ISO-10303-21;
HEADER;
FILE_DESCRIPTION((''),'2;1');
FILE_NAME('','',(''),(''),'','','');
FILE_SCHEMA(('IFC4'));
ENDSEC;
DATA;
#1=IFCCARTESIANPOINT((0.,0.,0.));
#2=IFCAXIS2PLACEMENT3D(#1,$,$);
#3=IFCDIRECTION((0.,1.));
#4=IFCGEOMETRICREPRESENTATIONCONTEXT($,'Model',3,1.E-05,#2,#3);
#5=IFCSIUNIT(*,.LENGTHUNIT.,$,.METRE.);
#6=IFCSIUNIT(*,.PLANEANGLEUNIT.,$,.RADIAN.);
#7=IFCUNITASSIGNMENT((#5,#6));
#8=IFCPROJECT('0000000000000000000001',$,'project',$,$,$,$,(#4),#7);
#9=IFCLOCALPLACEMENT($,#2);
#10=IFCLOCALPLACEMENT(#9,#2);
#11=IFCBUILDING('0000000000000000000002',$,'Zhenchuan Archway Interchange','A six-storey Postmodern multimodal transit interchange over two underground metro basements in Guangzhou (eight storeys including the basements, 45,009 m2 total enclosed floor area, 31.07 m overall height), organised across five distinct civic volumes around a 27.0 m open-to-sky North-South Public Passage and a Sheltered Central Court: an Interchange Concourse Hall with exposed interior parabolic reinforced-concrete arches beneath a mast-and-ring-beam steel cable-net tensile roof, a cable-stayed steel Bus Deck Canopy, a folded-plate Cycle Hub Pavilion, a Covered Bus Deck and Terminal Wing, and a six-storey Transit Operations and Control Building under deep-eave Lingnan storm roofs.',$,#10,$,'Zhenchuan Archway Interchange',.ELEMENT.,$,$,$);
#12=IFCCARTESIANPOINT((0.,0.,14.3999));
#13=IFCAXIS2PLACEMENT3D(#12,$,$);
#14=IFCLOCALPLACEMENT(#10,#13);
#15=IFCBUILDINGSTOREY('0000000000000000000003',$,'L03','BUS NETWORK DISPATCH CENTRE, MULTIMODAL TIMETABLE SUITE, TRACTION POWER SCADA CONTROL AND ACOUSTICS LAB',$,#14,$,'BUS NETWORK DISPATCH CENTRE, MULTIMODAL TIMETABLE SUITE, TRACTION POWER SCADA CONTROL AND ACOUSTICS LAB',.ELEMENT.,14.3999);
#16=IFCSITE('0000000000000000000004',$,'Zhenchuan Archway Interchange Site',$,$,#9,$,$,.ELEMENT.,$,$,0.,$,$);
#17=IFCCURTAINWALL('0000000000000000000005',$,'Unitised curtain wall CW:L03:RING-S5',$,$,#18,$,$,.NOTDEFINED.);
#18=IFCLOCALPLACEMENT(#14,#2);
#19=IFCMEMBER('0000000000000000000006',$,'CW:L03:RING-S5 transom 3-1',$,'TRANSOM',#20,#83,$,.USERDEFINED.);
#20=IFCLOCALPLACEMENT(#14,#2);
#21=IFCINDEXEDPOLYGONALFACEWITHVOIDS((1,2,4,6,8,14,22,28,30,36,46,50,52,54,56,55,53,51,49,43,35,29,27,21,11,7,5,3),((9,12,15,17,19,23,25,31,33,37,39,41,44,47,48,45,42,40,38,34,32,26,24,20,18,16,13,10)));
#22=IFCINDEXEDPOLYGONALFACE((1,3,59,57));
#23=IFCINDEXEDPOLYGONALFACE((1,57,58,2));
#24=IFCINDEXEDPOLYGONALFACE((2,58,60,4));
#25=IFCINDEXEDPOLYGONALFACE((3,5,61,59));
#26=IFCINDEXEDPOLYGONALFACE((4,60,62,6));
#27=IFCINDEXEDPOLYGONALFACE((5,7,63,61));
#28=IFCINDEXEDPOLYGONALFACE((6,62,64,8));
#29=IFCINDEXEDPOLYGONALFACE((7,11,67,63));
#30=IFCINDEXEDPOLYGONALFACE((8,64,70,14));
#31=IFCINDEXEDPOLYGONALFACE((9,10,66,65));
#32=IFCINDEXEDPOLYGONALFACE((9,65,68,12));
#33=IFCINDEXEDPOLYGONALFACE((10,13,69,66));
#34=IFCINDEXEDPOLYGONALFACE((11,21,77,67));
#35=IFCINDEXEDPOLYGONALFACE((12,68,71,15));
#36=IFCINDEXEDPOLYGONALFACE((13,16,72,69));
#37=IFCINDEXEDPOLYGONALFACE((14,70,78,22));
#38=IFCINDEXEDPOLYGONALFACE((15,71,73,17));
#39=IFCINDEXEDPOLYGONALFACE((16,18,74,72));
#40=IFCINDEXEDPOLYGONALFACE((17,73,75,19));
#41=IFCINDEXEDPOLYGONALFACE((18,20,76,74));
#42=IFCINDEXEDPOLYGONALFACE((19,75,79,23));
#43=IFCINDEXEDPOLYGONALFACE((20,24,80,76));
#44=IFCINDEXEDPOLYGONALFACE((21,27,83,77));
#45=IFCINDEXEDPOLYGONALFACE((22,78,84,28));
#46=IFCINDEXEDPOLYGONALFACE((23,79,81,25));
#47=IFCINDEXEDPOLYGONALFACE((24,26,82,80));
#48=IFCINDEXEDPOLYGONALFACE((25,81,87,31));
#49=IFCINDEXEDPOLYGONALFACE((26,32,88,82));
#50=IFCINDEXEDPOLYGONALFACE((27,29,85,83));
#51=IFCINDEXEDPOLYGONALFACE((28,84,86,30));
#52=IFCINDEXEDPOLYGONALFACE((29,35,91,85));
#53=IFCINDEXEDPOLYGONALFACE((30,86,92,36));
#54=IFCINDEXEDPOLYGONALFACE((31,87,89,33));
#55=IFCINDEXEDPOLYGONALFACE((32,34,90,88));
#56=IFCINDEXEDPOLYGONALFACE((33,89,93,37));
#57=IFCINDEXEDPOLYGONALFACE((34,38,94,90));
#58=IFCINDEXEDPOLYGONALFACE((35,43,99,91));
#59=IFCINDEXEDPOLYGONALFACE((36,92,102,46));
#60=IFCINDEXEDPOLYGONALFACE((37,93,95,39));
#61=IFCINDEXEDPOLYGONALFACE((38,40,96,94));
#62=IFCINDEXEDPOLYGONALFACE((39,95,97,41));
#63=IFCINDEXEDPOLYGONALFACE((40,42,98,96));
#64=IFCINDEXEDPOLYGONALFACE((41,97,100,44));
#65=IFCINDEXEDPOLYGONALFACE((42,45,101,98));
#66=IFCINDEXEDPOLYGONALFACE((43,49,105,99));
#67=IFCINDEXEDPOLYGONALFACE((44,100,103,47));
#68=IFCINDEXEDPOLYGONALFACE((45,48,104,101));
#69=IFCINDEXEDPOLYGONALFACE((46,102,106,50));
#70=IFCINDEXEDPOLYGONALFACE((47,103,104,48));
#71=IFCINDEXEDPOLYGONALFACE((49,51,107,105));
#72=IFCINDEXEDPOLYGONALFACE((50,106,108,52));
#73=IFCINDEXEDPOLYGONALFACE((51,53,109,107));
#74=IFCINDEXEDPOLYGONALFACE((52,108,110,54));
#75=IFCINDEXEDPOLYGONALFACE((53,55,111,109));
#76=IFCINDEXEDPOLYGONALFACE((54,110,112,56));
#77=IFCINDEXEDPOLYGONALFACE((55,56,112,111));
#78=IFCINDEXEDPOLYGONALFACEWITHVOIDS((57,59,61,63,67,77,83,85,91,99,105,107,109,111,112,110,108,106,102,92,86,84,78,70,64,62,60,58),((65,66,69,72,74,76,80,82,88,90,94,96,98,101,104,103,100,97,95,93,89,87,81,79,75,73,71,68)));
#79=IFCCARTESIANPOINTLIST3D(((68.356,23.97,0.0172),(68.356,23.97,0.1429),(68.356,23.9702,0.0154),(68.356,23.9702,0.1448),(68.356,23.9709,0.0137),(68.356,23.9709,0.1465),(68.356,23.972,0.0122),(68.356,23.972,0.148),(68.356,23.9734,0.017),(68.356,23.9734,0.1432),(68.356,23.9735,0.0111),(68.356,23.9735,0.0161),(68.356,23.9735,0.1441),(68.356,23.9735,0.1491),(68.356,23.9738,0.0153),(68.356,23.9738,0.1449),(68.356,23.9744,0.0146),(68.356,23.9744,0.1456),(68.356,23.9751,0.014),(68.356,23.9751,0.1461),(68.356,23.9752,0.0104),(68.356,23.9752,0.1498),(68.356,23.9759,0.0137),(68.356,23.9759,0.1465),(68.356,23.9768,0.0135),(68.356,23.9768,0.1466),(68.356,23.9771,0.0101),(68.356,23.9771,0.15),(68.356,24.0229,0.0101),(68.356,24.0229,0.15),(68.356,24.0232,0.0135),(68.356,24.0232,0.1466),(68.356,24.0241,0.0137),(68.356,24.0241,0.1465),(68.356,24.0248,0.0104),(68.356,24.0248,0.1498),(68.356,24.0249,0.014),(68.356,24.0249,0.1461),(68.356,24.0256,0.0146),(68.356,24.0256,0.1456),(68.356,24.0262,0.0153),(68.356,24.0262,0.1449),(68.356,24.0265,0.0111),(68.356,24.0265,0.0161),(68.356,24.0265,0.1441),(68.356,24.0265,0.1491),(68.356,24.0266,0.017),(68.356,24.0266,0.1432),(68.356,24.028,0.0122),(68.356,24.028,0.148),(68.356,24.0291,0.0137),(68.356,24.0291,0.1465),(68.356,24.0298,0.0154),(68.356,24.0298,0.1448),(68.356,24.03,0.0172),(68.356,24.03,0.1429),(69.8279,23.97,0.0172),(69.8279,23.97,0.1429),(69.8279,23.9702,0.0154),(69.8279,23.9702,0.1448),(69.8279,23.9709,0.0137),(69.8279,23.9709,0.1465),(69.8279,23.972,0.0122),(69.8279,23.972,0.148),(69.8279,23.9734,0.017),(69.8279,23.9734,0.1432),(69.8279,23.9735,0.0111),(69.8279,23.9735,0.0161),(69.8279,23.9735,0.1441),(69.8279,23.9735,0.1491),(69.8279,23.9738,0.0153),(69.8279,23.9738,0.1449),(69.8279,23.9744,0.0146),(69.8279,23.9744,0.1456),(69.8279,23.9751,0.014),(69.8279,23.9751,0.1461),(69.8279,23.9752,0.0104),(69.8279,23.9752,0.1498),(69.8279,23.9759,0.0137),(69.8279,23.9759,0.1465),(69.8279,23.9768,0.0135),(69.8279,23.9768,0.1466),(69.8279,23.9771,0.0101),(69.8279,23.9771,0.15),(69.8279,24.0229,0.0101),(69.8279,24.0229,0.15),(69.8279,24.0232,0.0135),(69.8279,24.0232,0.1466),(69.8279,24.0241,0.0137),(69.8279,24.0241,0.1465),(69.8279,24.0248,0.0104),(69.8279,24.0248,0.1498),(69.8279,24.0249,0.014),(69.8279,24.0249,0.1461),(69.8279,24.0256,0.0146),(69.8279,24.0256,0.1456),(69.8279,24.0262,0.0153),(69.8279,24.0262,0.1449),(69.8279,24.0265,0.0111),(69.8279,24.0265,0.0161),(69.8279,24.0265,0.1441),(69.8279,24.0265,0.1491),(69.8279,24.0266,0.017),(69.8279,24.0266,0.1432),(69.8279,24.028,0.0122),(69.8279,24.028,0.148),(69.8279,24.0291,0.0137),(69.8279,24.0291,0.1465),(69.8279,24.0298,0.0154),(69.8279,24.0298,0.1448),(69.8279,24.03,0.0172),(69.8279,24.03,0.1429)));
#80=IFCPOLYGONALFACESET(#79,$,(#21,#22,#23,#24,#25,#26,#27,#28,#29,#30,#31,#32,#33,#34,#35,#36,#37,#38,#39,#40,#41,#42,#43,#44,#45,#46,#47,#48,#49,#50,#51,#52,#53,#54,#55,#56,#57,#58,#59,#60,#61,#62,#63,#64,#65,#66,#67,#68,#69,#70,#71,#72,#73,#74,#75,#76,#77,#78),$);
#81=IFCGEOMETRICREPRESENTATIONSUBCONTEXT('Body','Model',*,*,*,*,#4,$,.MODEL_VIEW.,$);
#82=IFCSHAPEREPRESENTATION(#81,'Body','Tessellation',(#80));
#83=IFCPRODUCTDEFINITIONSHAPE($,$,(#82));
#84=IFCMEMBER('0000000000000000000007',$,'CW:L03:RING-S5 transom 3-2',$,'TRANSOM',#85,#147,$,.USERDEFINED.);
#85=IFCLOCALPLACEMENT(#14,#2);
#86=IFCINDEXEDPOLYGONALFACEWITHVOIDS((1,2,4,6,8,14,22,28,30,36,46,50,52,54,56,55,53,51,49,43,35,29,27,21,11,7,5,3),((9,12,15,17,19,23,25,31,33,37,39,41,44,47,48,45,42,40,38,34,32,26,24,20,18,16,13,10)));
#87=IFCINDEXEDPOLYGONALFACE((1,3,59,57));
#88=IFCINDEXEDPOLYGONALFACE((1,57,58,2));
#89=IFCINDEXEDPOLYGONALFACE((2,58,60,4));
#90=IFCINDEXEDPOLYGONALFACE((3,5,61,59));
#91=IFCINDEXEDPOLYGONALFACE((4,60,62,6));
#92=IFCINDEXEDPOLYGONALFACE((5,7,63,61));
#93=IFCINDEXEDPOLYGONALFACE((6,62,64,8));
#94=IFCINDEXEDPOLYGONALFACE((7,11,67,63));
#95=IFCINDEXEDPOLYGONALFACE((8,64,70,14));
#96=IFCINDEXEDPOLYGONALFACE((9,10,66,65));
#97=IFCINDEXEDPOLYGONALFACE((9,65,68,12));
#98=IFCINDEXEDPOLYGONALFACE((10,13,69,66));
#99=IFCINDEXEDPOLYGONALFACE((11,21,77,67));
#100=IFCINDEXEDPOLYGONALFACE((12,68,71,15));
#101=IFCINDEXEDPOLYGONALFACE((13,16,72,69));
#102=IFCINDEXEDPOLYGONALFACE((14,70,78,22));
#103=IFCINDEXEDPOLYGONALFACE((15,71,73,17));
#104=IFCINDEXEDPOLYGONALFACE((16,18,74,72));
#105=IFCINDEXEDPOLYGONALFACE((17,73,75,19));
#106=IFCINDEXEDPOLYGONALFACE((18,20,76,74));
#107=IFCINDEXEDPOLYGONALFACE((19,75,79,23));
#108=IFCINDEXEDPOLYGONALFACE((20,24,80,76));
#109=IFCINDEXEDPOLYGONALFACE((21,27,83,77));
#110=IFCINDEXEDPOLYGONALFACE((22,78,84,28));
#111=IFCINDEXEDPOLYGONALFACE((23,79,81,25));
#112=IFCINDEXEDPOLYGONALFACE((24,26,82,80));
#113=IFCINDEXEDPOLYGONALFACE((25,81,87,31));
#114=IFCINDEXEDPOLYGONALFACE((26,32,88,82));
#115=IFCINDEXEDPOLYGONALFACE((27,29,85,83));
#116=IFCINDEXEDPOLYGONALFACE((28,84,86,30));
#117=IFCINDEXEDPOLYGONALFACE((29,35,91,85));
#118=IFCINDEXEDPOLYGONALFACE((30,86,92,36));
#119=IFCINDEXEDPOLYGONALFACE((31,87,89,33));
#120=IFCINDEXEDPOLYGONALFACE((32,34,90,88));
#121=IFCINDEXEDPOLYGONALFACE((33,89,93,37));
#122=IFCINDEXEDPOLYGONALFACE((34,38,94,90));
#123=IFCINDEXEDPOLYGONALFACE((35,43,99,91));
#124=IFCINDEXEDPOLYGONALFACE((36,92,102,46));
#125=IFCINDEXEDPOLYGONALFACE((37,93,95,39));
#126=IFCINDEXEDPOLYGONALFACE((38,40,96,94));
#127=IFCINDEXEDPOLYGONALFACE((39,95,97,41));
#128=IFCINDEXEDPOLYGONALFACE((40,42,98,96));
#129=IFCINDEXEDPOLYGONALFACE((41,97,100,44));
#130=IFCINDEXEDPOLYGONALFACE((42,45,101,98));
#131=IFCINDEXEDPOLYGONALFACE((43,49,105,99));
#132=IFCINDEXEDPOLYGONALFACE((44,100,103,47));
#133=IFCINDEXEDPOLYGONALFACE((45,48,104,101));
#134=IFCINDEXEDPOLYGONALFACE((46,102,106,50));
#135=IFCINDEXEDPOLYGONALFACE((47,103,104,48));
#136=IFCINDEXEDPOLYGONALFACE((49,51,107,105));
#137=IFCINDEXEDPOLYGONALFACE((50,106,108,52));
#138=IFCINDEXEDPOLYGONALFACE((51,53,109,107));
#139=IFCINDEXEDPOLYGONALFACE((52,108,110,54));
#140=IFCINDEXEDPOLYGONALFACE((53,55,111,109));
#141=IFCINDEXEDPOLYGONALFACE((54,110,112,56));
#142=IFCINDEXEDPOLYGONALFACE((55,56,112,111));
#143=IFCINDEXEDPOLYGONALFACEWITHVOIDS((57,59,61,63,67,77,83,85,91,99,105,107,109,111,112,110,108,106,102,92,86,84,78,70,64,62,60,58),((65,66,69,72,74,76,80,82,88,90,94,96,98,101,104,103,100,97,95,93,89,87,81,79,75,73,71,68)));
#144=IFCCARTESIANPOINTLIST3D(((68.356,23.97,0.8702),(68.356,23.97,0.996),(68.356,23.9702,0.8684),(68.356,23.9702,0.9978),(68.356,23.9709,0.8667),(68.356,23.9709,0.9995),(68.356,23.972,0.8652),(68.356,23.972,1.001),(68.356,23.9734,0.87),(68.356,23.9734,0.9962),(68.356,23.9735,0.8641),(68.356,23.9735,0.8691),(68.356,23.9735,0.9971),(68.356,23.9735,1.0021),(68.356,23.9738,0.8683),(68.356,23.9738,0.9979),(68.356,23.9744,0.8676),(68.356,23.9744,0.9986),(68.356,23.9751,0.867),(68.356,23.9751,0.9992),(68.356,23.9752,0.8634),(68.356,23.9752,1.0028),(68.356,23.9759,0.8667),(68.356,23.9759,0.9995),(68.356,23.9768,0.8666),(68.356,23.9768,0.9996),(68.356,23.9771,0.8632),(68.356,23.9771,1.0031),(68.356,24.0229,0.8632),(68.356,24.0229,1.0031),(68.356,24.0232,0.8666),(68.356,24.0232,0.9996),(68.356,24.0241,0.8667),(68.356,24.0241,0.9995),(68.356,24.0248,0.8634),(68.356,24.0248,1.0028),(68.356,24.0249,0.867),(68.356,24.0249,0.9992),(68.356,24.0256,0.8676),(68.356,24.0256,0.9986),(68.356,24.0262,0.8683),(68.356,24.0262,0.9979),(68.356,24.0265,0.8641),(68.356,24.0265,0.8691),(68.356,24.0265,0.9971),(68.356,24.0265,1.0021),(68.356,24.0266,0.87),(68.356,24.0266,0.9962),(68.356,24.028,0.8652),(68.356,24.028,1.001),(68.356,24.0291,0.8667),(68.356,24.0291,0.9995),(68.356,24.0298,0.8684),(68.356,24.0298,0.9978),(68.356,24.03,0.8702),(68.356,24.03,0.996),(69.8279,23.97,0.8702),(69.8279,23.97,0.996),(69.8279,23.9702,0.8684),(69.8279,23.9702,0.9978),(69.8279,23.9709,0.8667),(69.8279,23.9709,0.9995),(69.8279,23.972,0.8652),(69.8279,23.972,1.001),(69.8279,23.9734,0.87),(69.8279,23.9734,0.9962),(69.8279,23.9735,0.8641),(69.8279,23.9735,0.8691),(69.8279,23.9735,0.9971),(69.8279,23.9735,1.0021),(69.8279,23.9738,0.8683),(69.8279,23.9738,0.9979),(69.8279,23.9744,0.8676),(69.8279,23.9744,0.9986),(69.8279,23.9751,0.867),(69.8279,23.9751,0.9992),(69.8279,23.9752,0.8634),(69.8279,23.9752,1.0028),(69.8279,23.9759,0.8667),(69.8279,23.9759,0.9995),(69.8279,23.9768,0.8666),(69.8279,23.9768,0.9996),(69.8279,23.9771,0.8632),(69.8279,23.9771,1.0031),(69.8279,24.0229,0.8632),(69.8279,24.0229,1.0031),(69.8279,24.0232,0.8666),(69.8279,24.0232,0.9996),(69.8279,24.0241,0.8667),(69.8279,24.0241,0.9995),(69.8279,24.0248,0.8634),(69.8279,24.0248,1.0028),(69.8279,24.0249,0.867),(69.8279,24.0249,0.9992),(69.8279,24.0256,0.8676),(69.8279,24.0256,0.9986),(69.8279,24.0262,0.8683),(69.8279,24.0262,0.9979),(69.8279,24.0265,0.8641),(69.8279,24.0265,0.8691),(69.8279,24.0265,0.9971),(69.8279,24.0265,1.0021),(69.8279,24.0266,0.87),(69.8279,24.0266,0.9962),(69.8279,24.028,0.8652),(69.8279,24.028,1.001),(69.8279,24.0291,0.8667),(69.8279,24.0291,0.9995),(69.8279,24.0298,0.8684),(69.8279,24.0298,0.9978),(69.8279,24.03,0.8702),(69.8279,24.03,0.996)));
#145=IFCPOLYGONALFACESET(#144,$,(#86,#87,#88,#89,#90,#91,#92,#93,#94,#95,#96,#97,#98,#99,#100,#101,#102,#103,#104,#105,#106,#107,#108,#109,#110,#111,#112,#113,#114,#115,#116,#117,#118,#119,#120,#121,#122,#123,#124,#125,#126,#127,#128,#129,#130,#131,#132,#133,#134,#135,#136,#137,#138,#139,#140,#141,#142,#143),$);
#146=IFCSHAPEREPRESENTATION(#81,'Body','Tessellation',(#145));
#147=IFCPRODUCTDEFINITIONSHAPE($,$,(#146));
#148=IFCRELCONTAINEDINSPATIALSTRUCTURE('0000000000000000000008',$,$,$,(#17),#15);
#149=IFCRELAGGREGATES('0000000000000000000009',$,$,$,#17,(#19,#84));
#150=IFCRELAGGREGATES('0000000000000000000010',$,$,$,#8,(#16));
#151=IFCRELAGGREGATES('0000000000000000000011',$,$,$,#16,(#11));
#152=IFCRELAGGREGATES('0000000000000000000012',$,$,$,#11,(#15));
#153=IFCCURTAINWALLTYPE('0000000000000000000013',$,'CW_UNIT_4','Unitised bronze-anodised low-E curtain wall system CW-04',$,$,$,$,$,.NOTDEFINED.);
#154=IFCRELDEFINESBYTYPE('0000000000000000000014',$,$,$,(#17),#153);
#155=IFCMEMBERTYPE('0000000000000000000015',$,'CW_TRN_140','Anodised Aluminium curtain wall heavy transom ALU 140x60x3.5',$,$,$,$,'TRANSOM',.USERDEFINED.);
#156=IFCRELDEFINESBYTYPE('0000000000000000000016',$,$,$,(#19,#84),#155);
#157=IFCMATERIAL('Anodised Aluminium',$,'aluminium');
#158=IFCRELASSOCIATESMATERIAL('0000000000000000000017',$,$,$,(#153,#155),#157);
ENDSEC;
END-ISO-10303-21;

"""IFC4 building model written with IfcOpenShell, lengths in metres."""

from ifc_helpers import new_model, si_unit, direction, frame, origin, origin_2d, place, context, subcontext, project, spatial, hollow_rectangle, extrude, material, material_profile, profile_set, type_object, element, aggregate, save


model = new_model("IFC4")

# Units and contexts
model_context = context("Model", 3, precision=1e-05, world=origin(), true_north=direction((0.0, 1.0)))
body_context = subcontext(model_context, "Body", "Model", "MODEL_VIEW")
ifc_project = project(units=[si_unit("LENGTHUNIT", "METRE"), si_unit("PLANEANGLEUNIT", "RADIAN")], contexts=[model_context])

# Site, building, storey
site_placement = place(None, origin())
site = spatial("IfcSite", under=ifc_project, at=site_placement, Name="Zhenchuan Archway Interchange Site", CompositionType="ELEMENT", RefElevation=0.0)
building_placement = place(site_placement, origin())
building = spatial("IfcBuilding", under=site, at=building_placement, Name="Zhenchuan Archway Interchange", Description="A six-storey Postmodern multimodal transit interchange over two underground metro basements in Guangzhou (eight storeys including the basements, 45,009 m2 total enclosed floor area, 31.07 m overall height), organised across five distinct civic volumes around a 27.0 m open-to-sky North-South Public Passage and a Sheltered Central Court: an Interchange Concourse Hall with exposed interior parabolic reinforced-concrete arches beneath a mast-and-ring-beam steel cable-net tensile roof, a cable-stayed steel Bus Deck Canopy, a folded-plate Cycle Hub Pavilion, a Covered Bus Deck and Terminal Wing, and a six-storey Transit Operations and Control Building under deep-eave Lingnan storm roofs.", LongName="Zhenchuan Archway Interchange", CompositionType="ELEMENT")
storey_placement = place(building_placement, frame((0.0, 0.0, 14.3999)))
storey = spatial("IfcBuildingStorey", under=building, at=storey_placement, Name="L03", Description="BUS NETWORK DISPATCH CENTRE, MULTIMODAL TIMETABLE SUITE, TRACTION POWER SCADA CONTROL AND ACOUSTICS LAB", LongName="BUS NETWORK DISPATCH CENTRE, MULTIMODAL TIMETABLE SUITE, TRACTION POWER SCADA CONTROL AND ACOUSTICS LAB", CompositionType="ELEMENT", Elevation=14.3999)

# Curtain wall
ifc_material_1 = material(Name="Anodised Aluminium", Category="aluminium")
curtain_wall_type_1 = type_object("IfcCurtainWallType", Name="CW_UNIT_4", Description="Unitised bronze-anodised low-E curtain wall system CW-04", PredefinedType="NOTDEFINED", material=ifc_material_1)
curtain_wall_1_placement = place(storey_placement, origin())
curtain_wall_1 = element("IfcCurtainWall", 1, at=curtain_wall_1_placement, inside=storey, type_object=curtain_wall_type_1, Name="Unitised curtain wall CW:L03:RING-S5", PredefinedType="NOTDEFINED")

# Members
ifc_material_profile_1 = material_profile(ifc_material_1, hollow_rectangle(XDim=0.0601, YDim=0.1399, WallThickness=0.0034, InnerFilletRadius=0.0034, OuterFilletRadius=0.0071, at=origin_2d()), Name="ALU 140x60x3.5")
ifc_profile_set_1 = profile_set([ifc_material_profile_1], Name="Anodised Aluminium")
member_type_1 = type_object("IfcMemberType", Name="CW_TRN_140", Description="Anodised Aluminium curtain wall heavy transom ALU 140x60x3.5", ElementType="TRANSOM", PredefinedType="USERDEFINED", material=ifc_profile_set_1)
member_1_placement = place(storey_placement, frame((68.356, 24.0, 0.0801), z_axis=(1.0, 0.0, 0.0), x_axis=(0.0, 1.0, 0.0)))
member_1 = element("IfcMember", 2, at=member_1_placement, type_object=member_type_1, Name="CW:L03:RING-S5 transom 3-1", ObjectType="TRANSOM", PredefinedType="USERDEFINED", context=body_context, shape_type="SweptSolid", body=[
    extrude(hollow_rectangle(XDim=0.0601, YDim=0.1399, WallThickness=0.0034, InnerFilletRadius=0.0034, OuterFilletRadius=0.0071, at=origin_2d()), origin(), (0.0, 0.0, 1.0), 1.4719),
])
member_2_placement = place(storey_placement, frame((68.356, 24.0, 0.9331), z_axis=(1.0, 0.0, 0.0), x_axis=(0.0, 1.0, 0.0)))
member_2 = element("IfcMember", 3, at=member_2_placement, type_object=member_type_1, Name="CW:L03:RING-S5 transom 3-2", ObjectType="TRANSOM", PredefinedType="USERDEFINED", context=body_context, shape_type="SweptSolid", body=[
    extrude(hollow_rectangle(XDim=0.0601, YDim=0.1399, WallThickness=0.0034, InnerFilletRadius=0.0034, OuterFilletRadius=0.0071, at=origin_2d()), origin(), (0.0, 0.0, 1.0), 1.4719),
])

aggregate(curtain_wall_1, [member_1, member_2])

save(model, "model.ifc")
